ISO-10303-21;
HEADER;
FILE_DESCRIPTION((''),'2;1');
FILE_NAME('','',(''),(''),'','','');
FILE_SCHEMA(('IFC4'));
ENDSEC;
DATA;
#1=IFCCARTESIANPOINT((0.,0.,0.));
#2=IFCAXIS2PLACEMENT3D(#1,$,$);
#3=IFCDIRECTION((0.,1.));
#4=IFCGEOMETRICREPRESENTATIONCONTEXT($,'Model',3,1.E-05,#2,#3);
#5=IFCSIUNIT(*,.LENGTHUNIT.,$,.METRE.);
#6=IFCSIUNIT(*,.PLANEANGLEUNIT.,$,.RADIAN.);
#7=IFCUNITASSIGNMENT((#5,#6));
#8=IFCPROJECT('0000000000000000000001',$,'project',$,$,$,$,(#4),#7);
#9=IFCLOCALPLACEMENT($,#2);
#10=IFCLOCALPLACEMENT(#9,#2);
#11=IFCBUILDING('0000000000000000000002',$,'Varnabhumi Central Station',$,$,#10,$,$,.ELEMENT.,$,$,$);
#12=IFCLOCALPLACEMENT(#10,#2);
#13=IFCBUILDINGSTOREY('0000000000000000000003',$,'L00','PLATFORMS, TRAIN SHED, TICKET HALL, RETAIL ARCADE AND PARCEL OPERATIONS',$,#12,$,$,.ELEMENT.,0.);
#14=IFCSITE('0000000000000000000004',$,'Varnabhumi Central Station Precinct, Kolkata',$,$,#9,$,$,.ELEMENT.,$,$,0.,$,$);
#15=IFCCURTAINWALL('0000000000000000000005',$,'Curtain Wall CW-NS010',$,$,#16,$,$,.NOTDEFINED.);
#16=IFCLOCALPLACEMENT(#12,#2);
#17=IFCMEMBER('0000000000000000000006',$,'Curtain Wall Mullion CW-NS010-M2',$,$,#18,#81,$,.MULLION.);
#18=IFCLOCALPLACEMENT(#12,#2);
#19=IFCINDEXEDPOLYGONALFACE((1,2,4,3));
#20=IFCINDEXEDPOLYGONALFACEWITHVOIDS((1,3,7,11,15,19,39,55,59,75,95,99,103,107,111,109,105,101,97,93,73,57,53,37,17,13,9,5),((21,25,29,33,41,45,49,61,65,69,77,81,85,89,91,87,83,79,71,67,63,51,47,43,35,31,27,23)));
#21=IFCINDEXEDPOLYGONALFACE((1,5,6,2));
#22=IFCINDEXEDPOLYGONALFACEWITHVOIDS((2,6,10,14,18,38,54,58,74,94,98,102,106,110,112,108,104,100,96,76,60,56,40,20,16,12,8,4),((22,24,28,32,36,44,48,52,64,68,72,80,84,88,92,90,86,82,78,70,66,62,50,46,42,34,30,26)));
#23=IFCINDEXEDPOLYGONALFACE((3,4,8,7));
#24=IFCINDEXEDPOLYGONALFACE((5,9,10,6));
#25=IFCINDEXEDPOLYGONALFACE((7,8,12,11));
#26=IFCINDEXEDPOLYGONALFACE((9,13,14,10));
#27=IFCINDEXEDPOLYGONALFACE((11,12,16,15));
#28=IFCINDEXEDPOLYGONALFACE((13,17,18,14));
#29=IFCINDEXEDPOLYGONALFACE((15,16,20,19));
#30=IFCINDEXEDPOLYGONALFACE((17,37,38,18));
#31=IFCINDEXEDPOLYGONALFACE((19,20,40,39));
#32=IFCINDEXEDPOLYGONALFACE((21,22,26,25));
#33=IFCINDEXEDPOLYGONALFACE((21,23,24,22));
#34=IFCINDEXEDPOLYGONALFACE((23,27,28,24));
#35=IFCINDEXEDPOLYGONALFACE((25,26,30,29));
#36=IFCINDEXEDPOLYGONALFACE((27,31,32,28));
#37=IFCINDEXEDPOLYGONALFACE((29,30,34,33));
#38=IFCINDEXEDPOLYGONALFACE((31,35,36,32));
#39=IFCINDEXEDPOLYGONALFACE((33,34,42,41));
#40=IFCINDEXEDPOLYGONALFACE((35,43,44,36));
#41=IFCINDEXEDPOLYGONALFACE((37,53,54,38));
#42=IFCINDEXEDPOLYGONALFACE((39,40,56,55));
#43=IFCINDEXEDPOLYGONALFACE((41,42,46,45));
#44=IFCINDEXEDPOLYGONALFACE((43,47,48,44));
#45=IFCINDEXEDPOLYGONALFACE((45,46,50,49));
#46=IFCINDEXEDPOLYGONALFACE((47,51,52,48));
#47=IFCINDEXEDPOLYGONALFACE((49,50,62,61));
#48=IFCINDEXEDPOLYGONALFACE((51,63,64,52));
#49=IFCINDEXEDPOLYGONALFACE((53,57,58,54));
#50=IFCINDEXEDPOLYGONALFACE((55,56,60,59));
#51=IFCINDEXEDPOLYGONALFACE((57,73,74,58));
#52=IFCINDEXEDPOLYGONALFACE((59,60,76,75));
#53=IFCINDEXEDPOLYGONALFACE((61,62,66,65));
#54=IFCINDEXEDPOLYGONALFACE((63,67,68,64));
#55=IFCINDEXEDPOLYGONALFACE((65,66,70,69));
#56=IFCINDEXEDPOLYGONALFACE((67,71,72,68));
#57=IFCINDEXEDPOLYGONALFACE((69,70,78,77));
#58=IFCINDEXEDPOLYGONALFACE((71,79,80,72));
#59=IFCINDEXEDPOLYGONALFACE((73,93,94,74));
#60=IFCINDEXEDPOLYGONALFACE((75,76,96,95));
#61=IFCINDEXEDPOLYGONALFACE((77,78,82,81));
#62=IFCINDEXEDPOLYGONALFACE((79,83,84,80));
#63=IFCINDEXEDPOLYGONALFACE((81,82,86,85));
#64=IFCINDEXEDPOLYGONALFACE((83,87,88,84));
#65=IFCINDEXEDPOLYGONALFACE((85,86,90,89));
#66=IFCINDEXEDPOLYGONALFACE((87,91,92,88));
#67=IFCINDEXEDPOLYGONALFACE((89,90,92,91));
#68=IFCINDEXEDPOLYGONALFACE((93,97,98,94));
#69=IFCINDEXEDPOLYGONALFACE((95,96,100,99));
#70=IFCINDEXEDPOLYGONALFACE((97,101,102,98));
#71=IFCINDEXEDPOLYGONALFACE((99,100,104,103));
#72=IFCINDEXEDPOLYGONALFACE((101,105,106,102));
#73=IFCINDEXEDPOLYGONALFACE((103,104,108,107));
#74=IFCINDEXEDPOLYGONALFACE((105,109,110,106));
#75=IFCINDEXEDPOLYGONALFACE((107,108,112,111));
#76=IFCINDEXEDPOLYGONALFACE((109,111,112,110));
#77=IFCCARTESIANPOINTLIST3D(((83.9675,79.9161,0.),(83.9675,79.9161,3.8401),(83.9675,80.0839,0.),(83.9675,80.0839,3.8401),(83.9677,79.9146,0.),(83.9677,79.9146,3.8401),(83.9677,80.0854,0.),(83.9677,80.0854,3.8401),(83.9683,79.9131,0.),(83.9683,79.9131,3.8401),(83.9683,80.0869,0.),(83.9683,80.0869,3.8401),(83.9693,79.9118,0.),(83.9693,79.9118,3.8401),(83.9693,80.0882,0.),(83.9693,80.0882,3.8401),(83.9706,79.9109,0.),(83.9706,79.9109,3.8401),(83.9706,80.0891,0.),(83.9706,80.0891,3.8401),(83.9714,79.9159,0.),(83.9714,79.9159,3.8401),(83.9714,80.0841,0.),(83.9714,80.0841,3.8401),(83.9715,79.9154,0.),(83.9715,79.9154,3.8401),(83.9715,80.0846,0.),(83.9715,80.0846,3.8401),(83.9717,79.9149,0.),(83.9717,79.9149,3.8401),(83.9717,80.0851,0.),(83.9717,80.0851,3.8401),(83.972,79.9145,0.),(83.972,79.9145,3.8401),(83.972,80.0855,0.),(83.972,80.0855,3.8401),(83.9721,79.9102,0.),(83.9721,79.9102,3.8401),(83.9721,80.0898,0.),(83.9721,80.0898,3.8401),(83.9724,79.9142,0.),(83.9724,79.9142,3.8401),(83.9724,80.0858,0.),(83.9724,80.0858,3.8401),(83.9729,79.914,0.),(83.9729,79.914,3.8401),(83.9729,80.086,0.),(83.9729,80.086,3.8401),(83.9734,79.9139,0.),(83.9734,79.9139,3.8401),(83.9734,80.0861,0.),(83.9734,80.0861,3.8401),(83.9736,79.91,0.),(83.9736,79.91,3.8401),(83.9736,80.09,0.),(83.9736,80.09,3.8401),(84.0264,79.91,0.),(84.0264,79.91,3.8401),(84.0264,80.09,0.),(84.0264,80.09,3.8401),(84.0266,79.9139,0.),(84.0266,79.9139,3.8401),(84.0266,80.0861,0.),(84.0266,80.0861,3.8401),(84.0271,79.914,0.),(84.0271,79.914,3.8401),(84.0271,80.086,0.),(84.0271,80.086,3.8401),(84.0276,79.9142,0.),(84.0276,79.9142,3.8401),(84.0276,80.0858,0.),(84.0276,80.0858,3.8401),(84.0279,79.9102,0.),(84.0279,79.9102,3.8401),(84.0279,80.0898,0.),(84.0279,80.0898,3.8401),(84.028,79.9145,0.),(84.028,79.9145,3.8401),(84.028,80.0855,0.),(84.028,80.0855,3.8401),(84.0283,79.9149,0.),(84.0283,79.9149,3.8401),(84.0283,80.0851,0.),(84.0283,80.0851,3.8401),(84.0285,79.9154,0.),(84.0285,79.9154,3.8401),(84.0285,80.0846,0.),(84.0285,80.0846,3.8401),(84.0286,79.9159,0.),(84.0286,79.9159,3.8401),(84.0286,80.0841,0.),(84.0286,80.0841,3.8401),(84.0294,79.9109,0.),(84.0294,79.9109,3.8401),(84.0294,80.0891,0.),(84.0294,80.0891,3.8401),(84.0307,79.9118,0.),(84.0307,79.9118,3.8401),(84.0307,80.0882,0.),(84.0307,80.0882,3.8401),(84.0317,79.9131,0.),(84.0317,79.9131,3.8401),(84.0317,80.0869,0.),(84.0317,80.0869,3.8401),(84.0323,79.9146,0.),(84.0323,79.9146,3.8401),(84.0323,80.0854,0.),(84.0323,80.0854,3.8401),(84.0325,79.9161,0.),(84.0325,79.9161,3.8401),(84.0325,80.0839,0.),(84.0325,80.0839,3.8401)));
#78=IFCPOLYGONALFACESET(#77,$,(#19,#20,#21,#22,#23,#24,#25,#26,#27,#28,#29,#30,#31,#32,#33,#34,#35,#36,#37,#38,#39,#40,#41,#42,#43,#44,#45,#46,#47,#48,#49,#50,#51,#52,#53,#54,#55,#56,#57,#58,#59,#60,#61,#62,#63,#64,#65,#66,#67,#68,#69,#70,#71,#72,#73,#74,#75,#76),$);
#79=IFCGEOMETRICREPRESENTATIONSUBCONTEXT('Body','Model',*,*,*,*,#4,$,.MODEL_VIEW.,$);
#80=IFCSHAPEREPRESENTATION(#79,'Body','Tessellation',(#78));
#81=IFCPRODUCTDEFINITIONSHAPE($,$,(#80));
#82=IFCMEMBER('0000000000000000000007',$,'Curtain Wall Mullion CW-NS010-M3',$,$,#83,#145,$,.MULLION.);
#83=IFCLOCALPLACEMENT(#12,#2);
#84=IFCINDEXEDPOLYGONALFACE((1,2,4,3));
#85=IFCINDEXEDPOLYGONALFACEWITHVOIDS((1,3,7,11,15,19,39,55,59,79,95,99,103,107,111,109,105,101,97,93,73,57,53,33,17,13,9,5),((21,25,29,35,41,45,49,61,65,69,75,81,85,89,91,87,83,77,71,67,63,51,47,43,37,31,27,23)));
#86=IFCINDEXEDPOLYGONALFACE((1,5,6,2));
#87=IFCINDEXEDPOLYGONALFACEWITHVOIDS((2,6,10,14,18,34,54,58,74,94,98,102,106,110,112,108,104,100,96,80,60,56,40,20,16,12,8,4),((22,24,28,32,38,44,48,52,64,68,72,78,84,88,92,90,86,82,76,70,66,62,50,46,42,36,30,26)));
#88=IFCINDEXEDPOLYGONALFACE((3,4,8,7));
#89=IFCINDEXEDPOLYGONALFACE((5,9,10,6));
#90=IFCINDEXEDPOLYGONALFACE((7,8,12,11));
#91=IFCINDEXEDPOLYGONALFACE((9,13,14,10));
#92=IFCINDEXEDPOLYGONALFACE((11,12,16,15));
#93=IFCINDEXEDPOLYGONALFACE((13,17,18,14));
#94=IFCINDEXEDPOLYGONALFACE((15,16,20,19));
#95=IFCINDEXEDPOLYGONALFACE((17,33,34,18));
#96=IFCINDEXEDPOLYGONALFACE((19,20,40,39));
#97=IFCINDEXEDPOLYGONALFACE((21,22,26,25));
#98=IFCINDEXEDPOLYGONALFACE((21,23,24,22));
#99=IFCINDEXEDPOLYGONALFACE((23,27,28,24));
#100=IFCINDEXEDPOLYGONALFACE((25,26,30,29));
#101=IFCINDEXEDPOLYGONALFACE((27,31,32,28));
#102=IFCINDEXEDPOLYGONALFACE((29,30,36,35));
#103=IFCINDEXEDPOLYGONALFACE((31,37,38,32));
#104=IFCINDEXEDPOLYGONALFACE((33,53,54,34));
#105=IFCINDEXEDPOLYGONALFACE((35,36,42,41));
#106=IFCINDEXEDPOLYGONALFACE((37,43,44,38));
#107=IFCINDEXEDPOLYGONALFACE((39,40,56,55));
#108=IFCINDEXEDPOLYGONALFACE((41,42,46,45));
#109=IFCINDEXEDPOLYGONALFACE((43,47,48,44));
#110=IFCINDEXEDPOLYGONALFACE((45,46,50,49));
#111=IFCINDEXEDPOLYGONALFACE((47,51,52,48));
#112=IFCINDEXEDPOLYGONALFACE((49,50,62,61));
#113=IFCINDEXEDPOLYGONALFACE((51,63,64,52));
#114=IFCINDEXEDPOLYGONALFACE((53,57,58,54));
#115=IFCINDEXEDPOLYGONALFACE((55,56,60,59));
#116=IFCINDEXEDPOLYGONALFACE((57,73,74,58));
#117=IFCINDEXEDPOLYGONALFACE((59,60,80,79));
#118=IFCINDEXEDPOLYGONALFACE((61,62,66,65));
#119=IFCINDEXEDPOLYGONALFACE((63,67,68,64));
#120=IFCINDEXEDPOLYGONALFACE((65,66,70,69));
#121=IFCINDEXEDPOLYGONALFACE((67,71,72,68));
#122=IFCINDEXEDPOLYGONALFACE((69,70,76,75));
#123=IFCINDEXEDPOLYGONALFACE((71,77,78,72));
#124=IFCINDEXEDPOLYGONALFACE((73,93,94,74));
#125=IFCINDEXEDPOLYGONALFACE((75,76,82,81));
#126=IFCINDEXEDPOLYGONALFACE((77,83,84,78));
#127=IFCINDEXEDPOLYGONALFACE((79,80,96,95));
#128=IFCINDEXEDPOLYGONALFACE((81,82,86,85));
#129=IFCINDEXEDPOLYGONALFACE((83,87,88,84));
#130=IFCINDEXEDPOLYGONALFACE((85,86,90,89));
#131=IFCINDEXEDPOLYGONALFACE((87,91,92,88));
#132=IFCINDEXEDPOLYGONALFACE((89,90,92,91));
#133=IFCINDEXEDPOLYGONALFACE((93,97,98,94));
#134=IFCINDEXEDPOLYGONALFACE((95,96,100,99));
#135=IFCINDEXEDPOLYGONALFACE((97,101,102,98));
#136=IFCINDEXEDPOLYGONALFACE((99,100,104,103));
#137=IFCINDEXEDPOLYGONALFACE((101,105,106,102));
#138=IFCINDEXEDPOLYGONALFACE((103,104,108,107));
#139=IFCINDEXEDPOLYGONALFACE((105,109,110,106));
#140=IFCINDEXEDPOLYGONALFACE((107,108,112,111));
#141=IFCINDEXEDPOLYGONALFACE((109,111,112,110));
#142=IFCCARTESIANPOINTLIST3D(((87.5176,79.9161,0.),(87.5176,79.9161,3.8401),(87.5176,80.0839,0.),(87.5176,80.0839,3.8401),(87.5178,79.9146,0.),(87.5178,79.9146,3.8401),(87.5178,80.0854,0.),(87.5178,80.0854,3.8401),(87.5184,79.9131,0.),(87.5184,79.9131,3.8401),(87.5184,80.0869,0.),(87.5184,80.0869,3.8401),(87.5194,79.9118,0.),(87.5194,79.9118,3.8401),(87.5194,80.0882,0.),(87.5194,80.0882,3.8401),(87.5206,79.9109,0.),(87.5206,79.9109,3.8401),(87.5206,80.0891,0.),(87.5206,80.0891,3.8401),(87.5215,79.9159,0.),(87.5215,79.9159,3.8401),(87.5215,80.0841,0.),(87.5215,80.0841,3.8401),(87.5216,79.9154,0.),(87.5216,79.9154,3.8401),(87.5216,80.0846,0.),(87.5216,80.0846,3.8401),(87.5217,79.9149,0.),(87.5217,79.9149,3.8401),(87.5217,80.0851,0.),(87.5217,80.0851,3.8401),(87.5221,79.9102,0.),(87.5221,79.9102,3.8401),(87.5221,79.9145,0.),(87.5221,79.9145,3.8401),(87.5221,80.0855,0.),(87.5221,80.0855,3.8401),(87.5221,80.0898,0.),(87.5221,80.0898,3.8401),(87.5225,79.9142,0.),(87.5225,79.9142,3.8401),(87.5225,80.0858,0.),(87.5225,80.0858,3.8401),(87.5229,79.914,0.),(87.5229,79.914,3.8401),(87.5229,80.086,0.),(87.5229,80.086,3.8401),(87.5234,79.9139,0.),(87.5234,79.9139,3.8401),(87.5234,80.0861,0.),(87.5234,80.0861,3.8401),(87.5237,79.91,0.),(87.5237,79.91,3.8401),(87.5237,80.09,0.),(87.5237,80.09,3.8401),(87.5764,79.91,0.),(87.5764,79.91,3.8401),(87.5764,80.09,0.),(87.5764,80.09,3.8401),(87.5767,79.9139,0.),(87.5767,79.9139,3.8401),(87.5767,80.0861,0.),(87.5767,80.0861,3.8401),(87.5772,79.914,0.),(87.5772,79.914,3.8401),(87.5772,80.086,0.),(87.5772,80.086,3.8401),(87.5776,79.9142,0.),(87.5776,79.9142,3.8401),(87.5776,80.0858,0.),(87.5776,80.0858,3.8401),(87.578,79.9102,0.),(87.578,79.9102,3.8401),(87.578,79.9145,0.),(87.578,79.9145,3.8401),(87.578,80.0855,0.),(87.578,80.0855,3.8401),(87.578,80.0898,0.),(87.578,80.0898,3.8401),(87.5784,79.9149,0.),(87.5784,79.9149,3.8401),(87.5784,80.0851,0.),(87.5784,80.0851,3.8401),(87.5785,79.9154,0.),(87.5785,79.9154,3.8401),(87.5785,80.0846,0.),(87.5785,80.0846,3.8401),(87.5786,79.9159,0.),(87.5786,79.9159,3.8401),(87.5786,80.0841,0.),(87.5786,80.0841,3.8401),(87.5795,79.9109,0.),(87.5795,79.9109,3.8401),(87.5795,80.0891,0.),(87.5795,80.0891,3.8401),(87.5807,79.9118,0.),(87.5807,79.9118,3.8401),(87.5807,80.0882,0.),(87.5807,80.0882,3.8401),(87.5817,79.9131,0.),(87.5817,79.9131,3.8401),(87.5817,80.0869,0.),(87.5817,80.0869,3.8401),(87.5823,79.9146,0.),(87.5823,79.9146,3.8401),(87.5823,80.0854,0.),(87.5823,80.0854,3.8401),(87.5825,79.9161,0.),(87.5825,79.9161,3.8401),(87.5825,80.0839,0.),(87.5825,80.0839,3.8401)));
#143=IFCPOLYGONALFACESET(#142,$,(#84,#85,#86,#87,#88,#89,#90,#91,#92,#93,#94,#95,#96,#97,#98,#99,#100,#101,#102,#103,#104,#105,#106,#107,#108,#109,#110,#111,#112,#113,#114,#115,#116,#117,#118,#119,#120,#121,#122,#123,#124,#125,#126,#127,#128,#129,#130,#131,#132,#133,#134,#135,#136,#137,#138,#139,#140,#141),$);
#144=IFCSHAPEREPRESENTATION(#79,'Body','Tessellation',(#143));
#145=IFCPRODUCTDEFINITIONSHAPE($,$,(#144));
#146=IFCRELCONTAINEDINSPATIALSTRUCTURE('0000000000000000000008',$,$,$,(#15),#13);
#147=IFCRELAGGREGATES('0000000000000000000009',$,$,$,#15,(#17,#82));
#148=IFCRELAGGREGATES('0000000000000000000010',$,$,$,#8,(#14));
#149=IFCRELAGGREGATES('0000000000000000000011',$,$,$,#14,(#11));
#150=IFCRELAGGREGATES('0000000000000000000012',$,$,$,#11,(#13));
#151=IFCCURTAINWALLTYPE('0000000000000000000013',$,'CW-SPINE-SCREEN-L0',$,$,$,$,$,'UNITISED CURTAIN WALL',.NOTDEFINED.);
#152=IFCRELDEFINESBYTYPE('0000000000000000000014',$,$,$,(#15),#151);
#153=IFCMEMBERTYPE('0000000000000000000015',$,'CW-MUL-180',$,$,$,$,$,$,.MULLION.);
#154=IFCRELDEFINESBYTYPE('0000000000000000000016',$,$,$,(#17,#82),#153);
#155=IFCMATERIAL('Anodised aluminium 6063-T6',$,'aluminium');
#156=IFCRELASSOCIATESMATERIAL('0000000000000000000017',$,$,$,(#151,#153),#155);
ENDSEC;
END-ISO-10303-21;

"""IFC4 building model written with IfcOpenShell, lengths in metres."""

from ifc_helpers import new_model, si_unit, direction, frame, origin, origin_2d, place, context, subcontext, project, spatial, hollow_rectangle, extrude, material, material_profile, profile_set, type_object, element, aggregate, save


model = new_model("IFC4")

# Units and contexts
model_context = context("Model", 3, precision=1e-05, world=origin(), true_north=direction((0.0, 1.0)))
body_context = subcontext(model_context, "Body", "Model", "MODEL_VIEW")
ifc_project = project(units=[si_unit("LENGTHUNIT", "METRE"), si_unit("PLANEANGLEUNIT", "RADIAN")], contexts=[model_context])

# Site, building, storey
site_placement = place(None, origin())
site = spatial("IfcSite", under=ifc_project, at=site_placement, Name="Varnabhumi Central Station Precinct, Kolkata", CompositionType="ELEMENT", RefElevation=0.0)
building_placement = place(site_placement, origin())
building = spatial("IfcBuilding", under=site, at=building_placement, Name="Varnabhumi Central Station", CompositionType="ELEMENT")
storey_placement = place(building_placement, origin())
storey = spatial("IfcBuildingStorey", under=building, at=storey_placement, Name="L00", Description="PLATFORMS, TRAIN SHED, TICKET HALL, RETAIL ARCADE AND PARCEL OPERATIONS", CompositionType="ELEMENT", Elevation=0.0)

# Curtain wall, members
ifc_material_1 = material(Name="Anodised aluminium 6063-T6", Category="aluminium")
curtain_wall_type = type_object("IfcCurtainWallType", Name="CW-SPINE-SCREEN-L0", ElementType="UNITISED CURTAIN WALL", PredefinedType="NOTDEFINED", material=ifc_material_1)
curtain_wall_placement = place(storey_placement, origin())
curtain_wall = element("IfcCurtainWall", 1, at=curtain_wall_placement, inside=storey, type_object=curtain_wall_type, Name="Curtain Wall CW-NS010", PredefinedType="NOTDEFINED")
ifc_material_profile_1 = material_profile(ifc_material_1, hollow_rectangle(XDim=0.0649, YDim=0.1799, WallThickness=0.0039, InnerFilletRadius=0.002, OuterFilletRadius=0.0061, at=origin_2d()), Name="Anodised aluminium 6063-T6", Category="aluminium")
ifc_profile_set_1 = profile_set([ifc_material_profile_1], Name="Anodised aluminium 6063-T6")
member_type_1 = type_object("IfcMemberType", Name="CW-MUL-180", PredefinedType="MULLION", material=ifc_profile_set_1)
member_1_placement = place(storey_placement, frame((84.0, 80.0, 0.0), z_axis=(0.0, 0.0, 1.0), x_axis=(1.0, 0.0, 0.0)))
member_1 = element("IfcMember", 2, at=member_1_placement, type_object=member_type_1, Name="Curtain Wall Mullion CW-NS010-M2", PredefinedType="MULLION", context=body_context, shape_type="SweptSolid", body=[
    extrude(hollow_rectangle(XDim=0.0649, YDim=0.1799, WallThickness=0.0039, InnerFilletRadius=0.002, OuterFilletRadius=0.0061, at=origin_2d()), origin(), (0.0, 0.0, 1.0), 3.8401),
])
member_2_placement = place(storey_placement, frame((87.55, 80.0, 0.0), z_axis=(0.0, 0.0, 1.0), x_axis=(1.0, 0.0, 0.0)))
member_2 = element("IfcMember", 3, at=member_2_placement, type_object=member_type_1, Name="Curtain Wall Mullion CW-NS010-M3", PredefinedType="MULLION", context=body_context, shape_type="SweptSolid", body=[
    extrude(hollow_rectangle(XDim=0.0649, YDim=0.1799, WallThickness=0.0039, InnerFilletRadius=0.002, OuterFilletRadius=0.0061, at=origin_2d()), origin(), (0.0, 0.0, 1.0), 3.8401),
])
aggregate(curtain_wall, [member_1, member_2])

save(model, "model.ifc")
